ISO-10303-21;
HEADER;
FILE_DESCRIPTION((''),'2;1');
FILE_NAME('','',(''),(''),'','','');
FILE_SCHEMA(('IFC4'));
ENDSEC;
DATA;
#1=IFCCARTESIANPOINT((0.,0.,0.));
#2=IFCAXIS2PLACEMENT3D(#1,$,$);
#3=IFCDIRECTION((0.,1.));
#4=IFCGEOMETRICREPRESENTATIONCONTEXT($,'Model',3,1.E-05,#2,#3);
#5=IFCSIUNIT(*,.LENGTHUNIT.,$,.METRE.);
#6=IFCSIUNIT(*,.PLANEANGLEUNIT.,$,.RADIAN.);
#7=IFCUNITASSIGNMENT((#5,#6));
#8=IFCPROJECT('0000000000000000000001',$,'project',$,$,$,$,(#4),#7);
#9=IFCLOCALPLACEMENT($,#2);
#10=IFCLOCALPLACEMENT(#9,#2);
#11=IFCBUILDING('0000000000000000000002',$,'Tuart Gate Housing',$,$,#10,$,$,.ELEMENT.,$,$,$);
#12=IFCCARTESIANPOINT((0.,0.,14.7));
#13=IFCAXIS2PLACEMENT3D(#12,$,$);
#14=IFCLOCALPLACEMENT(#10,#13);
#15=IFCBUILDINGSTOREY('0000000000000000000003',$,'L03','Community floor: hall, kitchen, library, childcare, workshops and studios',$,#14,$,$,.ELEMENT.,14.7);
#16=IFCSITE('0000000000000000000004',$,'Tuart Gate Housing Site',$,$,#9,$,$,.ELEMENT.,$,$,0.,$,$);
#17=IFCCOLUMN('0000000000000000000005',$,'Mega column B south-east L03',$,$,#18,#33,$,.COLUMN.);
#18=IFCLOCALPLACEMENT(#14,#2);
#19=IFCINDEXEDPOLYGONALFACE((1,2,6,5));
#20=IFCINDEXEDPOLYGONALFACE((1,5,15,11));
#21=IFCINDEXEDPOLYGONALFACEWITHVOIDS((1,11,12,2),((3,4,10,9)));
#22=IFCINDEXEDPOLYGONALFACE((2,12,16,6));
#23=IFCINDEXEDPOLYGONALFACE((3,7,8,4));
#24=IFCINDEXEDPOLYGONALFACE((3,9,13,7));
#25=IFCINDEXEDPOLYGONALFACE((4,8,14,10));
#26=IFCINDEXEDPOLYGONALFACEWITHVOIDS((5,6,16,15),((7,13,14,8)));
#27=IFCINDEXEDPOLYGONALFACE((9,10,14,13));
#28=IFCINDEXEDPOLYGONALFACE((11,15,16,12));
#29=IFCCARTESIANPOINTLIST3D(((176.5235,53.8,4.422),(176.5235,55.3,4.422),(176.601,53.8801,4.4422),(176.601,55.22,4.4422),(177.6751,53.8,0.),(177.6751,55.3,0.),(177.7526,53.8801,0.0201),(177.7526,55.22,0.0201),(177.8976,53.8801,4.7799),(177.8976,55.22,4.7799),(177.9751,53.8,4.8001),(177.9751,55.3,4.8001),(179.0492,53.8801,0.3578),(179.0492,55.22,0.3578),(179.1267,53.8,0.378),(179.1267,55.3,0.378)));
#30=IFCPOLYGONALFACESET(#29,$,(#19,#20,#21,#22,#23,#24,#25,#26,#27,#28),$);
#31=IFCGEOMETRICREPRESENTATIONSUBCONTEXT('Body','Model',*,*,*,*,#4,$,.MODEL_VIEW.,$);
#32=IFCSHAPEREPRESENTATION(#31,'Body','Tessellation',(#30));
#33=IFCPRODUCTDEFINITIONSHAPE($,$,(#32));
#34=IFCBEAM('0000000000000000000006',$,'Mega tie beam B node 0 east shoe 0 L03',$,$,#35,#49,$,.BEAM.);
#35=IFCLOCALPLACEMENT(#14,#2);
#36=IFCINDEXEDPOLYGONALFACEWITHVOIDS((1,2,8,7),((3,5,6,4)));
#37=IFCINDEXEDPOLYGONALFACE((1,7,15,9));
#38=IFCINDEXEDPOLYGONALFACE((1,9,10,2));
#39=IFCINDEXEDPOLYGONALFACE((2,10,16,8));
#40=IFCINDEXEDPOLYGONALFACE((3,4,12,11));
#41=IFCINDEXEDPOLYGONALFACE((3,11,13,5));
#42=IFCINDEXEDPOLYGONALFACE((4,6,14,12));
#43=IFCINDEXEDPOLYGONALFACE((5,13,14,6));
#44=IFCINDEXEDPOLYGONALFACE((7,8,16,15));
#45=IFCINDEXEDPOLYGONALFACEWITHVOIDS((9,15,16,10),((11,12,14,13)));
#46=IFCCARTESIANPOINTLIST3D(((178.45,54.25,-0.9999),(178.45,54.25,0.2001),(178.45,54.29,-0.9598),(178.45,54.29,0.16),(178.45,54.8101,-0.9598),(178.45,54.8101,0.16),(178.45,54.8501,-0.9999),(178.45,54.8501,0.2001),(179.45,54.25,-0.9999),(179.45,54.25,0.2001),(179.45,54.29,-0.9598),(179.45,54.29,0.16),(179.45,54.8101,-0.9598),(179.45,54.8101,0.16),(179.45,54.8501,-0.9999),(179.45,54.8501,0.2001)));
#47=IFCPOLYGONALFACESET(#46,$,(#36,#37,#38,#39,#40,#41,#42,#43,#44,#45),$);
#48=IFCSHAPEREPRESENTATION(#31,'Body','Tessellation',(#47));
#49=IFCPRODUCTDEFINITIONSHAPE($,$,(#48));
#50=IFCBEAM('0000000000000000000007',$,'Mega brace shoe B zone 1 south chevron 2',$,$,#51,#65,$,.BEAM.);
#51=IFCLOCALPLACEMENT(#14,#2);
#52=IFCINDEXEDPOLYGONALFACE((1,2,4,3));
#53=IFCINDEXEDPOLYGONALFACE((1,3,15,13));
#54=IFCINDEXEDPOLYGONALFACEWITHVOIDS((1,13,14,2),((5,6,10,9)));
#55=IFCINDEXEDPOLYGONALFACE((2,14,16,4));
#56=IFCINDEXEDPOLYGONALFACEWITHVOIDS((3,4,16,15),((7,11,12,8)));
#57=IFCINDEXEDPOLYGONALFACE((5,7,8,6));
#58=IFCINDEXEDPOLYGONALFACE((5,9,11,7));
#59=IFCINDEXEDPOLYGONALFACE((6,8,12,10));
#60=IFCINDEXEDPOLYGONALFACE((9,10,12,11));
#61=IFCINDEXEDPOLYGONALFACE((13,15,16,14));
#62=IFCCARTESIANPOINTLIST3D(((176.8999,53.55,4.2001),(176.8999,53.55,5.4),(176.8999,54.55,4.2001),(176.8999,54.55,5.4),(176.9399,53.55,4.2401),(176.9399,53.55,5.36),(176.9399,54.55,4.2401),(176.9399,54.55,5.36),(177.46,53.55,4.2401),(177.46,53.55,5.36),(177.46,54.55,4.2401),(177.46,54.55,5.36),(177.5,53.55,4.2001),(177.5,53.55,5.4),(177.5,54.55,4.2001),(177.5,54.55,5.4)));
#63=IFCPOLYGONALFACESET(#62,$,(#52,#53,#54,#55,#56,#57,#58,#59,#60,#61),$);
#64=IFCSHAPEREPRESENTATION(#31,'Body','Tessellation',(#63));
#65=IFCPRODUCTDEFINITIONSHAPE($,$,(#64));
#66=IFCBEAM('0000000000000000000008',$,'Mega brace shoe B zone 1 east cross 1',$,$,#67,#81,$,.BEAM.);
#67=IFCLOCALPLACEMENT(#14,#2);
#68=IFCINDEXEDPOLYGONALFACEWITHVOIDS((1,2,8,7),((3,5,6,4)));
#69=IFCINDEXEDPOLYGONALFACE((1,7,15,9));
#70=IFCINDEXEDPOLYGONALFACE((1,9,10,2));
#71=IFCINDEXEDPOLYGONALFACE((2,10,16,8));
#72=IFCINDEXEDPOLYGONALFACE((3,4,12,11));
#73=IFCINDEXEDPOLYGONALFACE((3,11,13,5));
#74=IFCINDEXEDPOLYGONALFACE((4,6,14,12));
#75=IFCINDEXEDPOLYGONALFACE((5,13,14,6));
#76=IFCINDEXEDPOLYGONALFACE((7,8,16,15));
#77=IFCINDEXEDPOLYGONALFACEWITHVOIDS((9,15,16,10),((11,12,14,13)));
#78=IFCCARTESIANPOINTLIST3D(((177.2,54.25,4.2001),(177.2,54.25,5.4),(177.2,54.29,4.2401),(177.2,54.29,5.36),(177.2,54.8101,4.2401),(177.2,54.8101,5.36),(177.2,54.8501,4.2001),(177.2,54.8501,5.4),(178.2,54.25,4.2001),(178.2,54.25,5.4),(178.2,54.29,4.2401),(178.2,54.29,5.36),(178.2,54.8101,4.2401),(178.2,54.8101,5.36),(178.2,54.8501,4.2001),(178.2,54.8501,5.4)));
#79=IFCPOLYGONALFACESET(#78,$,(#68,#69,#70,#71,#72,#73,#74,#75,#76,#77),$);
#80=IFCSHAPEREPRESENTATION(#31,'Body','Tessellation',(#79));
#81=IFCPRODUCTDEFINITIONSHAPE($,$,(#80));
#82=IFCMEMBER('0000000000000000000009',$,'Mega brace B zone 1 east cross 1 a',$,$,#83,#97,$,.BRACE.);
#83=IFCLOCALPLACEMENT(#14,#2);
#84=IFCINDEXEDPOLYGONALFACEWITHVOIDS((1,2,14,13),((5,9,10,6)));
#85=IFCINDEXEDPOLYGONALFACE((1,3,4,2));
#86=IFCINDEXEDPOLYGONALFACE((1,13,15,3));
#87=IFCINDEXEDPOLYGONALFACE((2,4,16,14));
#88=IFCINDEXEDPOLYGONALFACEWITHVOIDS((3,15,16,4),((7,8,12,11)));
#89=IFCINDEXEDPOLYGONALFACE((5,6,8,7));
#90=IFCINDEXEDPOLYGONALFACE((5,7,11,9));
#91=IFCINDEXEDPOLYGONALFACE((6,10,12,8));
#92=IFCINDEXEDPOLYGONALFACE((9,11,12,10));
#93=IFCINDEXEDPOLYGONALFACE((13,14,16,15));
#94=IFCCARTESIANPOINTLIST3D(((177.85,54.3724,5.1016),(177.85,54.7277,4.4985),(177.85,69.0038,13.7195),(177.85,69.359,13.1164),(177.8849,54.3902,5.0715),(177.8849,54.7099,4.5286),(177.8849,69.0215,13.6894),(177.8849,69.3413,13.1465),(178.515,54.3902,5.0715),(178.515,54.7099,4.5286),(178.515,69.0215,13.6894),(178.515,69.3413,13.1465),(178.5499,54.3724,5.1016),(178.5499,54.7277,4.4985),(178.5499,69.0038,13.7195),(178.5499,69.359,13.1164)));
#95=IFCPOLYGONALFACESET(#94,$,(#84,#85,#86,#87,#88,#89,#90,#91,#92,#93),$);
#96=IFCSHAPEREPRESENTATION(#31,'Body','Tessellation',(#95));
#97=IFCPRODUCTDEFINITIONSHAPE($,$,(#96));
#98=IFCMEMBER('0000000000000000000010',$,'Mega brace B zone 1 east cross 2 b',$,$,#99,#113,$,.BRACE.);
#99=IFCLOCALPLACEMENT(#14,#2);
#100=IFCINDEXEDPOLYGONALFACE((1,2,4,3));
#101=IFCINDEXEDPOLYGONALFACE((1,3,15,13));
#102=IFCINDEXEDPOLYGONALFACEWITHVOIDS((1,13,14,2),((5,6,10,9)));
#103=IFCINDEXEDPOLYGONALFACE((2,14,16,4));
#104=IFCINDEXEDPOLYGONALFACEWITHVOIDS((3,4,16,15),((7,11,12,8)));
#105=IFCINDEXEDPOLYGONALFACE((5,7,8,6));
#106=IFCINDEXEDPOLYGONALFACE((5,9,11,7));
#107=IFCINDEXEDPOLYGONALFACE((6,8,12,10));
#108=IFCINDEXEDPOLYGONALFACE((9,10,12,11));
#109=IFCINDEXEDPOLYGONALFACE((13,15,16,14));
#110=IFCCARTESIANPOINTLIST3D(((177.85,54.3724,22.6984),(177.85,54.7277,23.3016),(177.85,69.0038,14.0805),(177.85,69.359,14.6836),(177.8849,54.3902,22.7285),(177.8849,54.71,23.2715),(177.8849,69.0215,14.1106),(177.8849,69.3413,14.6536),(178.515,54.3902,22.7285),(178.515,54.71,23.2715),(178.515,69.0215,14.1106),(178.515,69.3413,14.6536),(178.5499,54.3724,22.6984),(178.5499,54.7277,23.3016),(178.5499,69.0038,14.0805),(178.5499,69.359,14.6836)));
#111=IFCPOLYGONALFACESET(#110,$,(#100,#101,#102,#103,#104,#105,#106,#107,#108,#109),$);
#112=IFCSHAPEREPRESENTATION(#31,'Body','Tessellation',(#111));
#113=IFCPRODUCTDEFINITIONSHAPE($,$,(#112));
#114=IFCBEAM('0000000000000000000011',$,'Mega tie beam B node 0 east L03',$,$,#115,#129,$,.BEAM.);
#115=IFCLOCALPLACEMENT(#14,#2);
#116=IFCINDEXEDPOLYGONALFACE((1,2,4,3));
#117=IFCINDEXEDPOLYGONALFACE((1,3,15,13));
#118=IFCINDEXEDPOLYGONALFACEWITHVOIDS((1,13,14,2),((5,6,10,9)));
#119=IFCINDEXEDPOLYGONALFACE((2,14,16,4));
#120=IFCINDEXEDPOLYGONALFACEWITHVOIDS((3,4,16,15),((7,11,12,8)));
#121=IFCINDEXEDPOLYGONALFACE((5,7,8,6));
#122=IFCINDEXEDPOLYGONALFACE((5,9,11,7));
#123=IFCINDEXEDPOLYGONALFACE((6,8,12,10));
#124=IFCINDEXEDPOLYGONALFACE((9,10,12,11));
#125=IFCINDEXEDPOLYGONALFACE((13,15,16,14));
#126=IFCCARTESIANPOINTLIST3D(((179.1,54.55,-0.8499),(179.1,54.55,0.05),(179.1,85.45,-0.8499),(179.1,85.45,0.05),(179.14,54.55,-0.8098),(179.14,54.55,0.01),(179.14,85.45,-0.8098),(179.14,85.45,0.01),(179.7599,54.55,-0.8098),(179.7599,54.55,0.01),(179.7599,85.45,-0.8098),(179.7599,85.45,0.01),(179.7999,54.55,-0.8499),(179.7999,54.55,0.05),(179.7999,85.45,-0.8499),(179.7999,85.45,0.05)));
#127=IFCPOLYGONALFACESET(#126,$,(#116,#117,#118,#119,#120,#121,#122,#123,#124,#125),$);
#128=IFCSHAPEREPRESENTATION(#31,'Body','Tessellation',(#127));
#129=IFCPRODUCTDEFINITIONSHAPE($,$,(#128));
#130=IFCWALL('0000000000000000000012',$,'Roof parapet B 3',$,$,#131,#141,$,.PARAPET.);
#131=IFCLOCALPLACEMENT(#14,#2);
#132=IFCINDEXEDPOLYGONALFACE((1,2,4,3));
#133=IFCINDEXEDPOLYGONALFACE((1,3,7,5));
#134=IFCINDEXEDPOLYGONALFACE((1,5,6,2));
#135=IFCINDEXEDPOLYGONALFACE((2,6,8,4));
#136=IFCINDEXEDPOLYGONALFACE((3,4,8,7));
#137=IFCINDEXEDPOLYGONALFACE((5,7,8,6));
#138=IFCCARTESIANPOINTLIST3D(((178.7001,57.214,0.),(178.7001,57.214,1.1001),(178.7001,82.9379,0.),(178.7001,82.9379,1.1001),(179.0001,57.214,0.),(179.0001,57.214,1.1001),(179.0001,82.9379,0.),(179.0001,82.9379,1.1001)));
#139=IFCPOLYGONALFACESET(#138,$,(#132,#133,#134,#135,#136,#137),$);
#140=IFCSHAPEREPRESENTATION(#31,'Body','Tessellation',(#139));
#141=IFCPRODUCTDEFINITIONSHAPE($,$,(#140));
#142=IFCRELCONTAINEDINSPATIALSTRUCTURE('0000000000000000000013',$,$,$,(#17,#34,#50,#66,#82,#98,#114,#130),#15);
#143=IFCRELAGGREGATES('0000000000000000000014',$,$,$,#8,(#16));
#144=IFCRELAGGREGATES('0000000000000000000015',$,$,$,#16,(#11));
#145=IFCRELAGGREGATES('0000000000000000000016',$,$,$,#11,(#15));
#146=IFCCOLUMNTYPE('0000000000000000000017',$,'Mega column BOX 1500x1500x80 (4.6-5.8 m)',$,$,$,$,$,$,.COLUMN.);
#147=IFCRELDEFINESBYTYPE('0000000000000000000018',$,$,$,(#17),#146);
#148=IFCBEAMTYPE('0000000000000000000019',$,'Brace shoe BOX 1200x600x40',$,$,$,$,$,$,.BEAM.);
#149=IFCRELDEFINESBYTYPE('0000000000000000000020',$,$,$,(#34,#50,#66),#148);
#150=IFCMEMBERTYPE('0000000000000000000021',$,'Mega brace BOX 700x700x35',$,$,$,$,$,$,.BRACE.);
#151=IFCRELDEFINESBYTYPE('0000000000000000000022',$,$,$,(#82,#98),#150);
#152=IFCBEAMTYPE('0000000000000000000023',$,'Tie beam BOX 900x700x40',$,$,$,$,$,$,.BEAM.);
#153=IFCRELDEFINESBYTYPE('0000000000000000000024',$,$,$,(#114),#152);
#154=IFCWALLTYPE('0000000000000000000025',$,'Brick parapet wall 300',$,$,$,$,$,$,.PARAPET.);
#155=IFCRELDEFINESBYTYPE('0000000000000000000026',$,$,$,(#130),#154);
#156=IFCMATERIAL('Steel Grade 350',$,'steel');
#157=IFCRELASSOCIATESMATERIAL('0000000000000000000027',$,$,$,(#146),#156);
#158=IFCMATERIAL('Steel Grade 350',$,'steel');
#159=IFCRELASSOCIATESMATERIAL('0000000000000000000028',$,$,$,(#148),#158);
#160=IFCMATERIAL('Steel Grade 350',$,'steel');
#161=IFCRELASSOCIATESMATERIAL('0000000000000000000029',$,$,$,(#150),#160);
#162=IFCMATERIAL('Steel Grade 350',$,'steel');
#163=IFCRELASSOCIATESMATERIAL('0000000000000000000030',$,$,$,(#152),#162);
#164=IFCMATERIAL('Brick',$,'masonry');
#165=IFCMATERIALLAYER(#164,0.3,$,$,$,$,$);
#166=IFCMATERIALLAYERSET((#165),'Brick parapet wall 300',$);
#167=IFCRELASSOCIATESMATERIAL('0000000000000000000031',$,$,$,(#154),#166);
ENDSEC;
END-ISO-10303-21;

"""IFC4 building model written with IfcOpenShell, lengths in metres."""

from ifc_helpers import new_model, si_unit, direction, frame, frame_2d, origin, origin_2d, place, context, subcontext, project, spatial, rectangle, hollow_rectangle, extrude, material, layer, layer_set, material_profile, profile_set, type_object, element, save


model = new_model("IFC4")

# Units and contexts
model_context = context("Model", 3, precision=1e-05, world=origin(), true_north=direction((0.0, 1.0)))
body_context = subcontext(model_context, "Body", "Model", "MODEL_VIEW")
ifc_project = project(units=[si_unit("LENGTHUNIT", "METRE"), si_unit("PLANEANGLEUNIT", "RADIAN")], contexts=[model_context])

# Site, building, storey
site_placement = place(None, origin())
site = spatial("IfcSite", under=ifc_project, at=site_placement, Name="Tuart Gate Housing Site", CompositionType="ELEMENT", RefElevation=0.0)
building_placement = place(site_placement, origin())
building = spatial("IfcBuilding", under=site, at=building_placement, Name="Tuart Gate Housing", CompositionType="ELEMENT")
storey_placement = place(building_placement, frame((0.0, 0.0, 14.7)))
storey = spatial("IfcBuildingStorey", under=building, at=storey_placement, Name="L03", Description="Community floor: hall, kitchen, library, childcare, workshops and studios", CompositionType="ELEMENT", Elevation=14.7)

# Column
ifc_material_1 = material(Name="Steel Grade 350", Category="steel")
ifc_material_profile_1 = material_profile(ifc_material_1, hollow_rectangle(XDim=1.5, YDim=1.5, WallThickness=0.0801, at=origin_2d()), Name="BOX 1500x1500x80")
ifc_profile_set_1 = profile_set([ifc_material_profile_1], Name="Steel Grade 350")
column_type = type_object("IfcColumnType", Name="Mega column BOX 1500x1500x80 (4.6-5.8 m)", PredefinedType="COLUMN", material=ifc_profile_set_1)
column_placement = place(storey_placement, frame((178.4009, 54.55, 0.189), z_axis=(-0.252015, 0.0, 0.967723), x_axis=(0.0, -1.0, 0.0)))
element("IfcColumn", 1, at=column_placement, inside=storey, type_object=column_type, Name="Mega column B south-east L03", PredefinedType="COLUMN", context=body_context, shape_type="SweptSolid", body=[
    extrude(hollow_rectangle(XDim=1.5, YDim=1.5, WallThickness=0.0801, at=origin_2d()), origin(), (0.0, 0.0, 1.0), 4.5696),
])

# Beams
ifc_material_2 = material(Name="Steel Grade 350", Category="steel")
ifc_material_profile_2 = material_profile(ifc_material_2, hollow_rectangle(XDim=0.6001, YDim=1.2, WallThickness=0.04, at=origin_2d()), Name="BOX 1200x600x40")
ifc_profile_set_2 = profile_set([ifc_material_profile_2], Name="Steel Grade 350")
beam_type_1 = type_object("IfcBeamType", Name="Brace shoe BOX 1200x600x40", PredefinedType="BEAM", material=ifc_profile_set_2)
for number, where, z_axis, x_axis, name in (
    (2, (178.45, 54.55, -0.3999), (1.0, 0.0, 0.0), (0.0, 1.0, 0.0), "Mega tie beam B node 0 east shoe 0 L03"),
    (3, (177.2, 54.55, 4.8), (0.0, -1.0, 0.0), (1.0, 0.0, 0.0), "Mega brace shoe B zone 1 south chevron 2"),
    (4, (177.2, 54.55, 4.8), (1.0, 0.0, 0.0), (0.0, 1.0, 0.0), "Mega brace shoe B zone 1 east cross 1"),
):
    element("IfcBeam", number, at=place(storey_placement, frame(where, z_axis=z_axis, x_axis=x_axis)), inside=storey, type_object=beam_type_1, Name=name, PredefinedType="BEAM", context=body_context, shape_type="SweptSolid", body=[
        extrude(hollow_rectangle(XDim=0.6001, YDim=1.2, WallThickness=0.04, at=origin_2d()), origin(), (0.0, 0.0, 1.0), 1.0),
    ])

# Members
ifc_material_3 = material(Name="Steel Grade 350", Category="steel")
ifc_material_profile_3 = material_profile(ifc_material_3, hollow_rectangle(XDim=0.7, YDim=0.7, WallThickness=0.0349, at=origin_2d()), Name="BOX 700x700x35")
ifc_profile_set_3 = profile_set([ifc_material_profile_3], Name="Steel Grade 350")
member_type = type_object("IfcMemberType", Name="Mega brace BOX 700x700x35", PredefinedType="BRACE", material=ifc_profile_set_3)
for number, where, z_axis, x_axis, name in (
    (5, (178.2, 54.55, 4.8), (0.0, 0.861645, 0.507512), (-1.0, 0.0, 0.0), "Mega brace B zone 1 east cross 1 a"),
    (6, (178.2, 69.1814, 14.3821), (0.0, -0.861645, 0.507512), (1.0, 0.0, 0.0), "Mega brace B zone 1 east cross 2 b"),
):
    element("IfcMember", number, at=place(storey_placement, frame(where, z_axis=z_axis, x_axis=x_axis)), inside=storey, type_object=member_type, Name=name, PredefinedType="BRACE", context=body_context, shape_type="SweptSolid", body=[
        extrude(hollow_rectangle(XDim=0.7, YDim=0.7, WallThickness=0.0349, at=origin_2d()), origin(), (0.0, 0.0, 1.0), 16.9807),
    ])

# Beam
ifc_material_4 = material(Name="Steel Grade 350", Category="steel")
ifc_material_profile_4 = material_profile(ifc_material_4, hollow_rectangle(XDim=0.7, YDim=0.8999, WallThickness=0.04, at=origin_2d()), Name="BOX 900x700x40")
ifc_profile_set_4 = profile_set([ifc_material_profile_4], Name="Steel Grade 350")
beam_type_2 = type_object("IfcBeamType", Name="Tie beam BOX 900x700x40", PredefinedType="BEAM", material=ifc_profile_set_4)
beam_placement = place(storey_placement, frame((179.45, 54.55, -0.3999), z_axis=(0.0, 1.0, 0.0), x_axis=(-1.0, 0.0, 0.0)))
element("IfcBeam", 7, at=beam_placement, inside=storey, type_object=beam_type_2, Name="Mega tie beam B node 0 east L03", PredefinedType="BEAM", context=body_context, shape_type="SweptSolid", body=[
    extrude(hollow_rectangle(XDim=0.7, YDim=0.8999, WallThickness=0.04, at=origin_2d()), origin(), (0.0, 0.0, 1.0), 30.8999),
])

# Wall
ifc_material_5 = material(Name="Brick", Category="masonry")
ifc_layer_1 = layer(ifc_material_5, 0.3)
ifc_layer_set_1 = layer_set([ifc_layer_1], Name="Brick parapet wall 300")
wall_type_1 = type_object("IfcWallType", Name="Brick parapet wall 300", PredefinedType="PARAPET", material=ifc_layer_set_1)
wall_1_placement = place(storey_placement, frame((178.8501, 57.2141, 0.0), z_axis=(0.0, 0.0, 1.0), x_axis=(0.0, 1.0, 0.0)))
element("IfcWall", 8, at=wall_1_placement, inside=storey, type_object=wall_type_1, Name="Roof parapet B 3", PredefinedType="PARAPET", context=body_context, shape_type="SweptSolid", body=[
    extrude(rectangle(XDim=25.7239, YDim=0.3, at=frame_2d((12.8618, 0.0))), origin(), (0.0, 0.0, 1.0), 1.1001),
])

save(model, "model.ifc")
